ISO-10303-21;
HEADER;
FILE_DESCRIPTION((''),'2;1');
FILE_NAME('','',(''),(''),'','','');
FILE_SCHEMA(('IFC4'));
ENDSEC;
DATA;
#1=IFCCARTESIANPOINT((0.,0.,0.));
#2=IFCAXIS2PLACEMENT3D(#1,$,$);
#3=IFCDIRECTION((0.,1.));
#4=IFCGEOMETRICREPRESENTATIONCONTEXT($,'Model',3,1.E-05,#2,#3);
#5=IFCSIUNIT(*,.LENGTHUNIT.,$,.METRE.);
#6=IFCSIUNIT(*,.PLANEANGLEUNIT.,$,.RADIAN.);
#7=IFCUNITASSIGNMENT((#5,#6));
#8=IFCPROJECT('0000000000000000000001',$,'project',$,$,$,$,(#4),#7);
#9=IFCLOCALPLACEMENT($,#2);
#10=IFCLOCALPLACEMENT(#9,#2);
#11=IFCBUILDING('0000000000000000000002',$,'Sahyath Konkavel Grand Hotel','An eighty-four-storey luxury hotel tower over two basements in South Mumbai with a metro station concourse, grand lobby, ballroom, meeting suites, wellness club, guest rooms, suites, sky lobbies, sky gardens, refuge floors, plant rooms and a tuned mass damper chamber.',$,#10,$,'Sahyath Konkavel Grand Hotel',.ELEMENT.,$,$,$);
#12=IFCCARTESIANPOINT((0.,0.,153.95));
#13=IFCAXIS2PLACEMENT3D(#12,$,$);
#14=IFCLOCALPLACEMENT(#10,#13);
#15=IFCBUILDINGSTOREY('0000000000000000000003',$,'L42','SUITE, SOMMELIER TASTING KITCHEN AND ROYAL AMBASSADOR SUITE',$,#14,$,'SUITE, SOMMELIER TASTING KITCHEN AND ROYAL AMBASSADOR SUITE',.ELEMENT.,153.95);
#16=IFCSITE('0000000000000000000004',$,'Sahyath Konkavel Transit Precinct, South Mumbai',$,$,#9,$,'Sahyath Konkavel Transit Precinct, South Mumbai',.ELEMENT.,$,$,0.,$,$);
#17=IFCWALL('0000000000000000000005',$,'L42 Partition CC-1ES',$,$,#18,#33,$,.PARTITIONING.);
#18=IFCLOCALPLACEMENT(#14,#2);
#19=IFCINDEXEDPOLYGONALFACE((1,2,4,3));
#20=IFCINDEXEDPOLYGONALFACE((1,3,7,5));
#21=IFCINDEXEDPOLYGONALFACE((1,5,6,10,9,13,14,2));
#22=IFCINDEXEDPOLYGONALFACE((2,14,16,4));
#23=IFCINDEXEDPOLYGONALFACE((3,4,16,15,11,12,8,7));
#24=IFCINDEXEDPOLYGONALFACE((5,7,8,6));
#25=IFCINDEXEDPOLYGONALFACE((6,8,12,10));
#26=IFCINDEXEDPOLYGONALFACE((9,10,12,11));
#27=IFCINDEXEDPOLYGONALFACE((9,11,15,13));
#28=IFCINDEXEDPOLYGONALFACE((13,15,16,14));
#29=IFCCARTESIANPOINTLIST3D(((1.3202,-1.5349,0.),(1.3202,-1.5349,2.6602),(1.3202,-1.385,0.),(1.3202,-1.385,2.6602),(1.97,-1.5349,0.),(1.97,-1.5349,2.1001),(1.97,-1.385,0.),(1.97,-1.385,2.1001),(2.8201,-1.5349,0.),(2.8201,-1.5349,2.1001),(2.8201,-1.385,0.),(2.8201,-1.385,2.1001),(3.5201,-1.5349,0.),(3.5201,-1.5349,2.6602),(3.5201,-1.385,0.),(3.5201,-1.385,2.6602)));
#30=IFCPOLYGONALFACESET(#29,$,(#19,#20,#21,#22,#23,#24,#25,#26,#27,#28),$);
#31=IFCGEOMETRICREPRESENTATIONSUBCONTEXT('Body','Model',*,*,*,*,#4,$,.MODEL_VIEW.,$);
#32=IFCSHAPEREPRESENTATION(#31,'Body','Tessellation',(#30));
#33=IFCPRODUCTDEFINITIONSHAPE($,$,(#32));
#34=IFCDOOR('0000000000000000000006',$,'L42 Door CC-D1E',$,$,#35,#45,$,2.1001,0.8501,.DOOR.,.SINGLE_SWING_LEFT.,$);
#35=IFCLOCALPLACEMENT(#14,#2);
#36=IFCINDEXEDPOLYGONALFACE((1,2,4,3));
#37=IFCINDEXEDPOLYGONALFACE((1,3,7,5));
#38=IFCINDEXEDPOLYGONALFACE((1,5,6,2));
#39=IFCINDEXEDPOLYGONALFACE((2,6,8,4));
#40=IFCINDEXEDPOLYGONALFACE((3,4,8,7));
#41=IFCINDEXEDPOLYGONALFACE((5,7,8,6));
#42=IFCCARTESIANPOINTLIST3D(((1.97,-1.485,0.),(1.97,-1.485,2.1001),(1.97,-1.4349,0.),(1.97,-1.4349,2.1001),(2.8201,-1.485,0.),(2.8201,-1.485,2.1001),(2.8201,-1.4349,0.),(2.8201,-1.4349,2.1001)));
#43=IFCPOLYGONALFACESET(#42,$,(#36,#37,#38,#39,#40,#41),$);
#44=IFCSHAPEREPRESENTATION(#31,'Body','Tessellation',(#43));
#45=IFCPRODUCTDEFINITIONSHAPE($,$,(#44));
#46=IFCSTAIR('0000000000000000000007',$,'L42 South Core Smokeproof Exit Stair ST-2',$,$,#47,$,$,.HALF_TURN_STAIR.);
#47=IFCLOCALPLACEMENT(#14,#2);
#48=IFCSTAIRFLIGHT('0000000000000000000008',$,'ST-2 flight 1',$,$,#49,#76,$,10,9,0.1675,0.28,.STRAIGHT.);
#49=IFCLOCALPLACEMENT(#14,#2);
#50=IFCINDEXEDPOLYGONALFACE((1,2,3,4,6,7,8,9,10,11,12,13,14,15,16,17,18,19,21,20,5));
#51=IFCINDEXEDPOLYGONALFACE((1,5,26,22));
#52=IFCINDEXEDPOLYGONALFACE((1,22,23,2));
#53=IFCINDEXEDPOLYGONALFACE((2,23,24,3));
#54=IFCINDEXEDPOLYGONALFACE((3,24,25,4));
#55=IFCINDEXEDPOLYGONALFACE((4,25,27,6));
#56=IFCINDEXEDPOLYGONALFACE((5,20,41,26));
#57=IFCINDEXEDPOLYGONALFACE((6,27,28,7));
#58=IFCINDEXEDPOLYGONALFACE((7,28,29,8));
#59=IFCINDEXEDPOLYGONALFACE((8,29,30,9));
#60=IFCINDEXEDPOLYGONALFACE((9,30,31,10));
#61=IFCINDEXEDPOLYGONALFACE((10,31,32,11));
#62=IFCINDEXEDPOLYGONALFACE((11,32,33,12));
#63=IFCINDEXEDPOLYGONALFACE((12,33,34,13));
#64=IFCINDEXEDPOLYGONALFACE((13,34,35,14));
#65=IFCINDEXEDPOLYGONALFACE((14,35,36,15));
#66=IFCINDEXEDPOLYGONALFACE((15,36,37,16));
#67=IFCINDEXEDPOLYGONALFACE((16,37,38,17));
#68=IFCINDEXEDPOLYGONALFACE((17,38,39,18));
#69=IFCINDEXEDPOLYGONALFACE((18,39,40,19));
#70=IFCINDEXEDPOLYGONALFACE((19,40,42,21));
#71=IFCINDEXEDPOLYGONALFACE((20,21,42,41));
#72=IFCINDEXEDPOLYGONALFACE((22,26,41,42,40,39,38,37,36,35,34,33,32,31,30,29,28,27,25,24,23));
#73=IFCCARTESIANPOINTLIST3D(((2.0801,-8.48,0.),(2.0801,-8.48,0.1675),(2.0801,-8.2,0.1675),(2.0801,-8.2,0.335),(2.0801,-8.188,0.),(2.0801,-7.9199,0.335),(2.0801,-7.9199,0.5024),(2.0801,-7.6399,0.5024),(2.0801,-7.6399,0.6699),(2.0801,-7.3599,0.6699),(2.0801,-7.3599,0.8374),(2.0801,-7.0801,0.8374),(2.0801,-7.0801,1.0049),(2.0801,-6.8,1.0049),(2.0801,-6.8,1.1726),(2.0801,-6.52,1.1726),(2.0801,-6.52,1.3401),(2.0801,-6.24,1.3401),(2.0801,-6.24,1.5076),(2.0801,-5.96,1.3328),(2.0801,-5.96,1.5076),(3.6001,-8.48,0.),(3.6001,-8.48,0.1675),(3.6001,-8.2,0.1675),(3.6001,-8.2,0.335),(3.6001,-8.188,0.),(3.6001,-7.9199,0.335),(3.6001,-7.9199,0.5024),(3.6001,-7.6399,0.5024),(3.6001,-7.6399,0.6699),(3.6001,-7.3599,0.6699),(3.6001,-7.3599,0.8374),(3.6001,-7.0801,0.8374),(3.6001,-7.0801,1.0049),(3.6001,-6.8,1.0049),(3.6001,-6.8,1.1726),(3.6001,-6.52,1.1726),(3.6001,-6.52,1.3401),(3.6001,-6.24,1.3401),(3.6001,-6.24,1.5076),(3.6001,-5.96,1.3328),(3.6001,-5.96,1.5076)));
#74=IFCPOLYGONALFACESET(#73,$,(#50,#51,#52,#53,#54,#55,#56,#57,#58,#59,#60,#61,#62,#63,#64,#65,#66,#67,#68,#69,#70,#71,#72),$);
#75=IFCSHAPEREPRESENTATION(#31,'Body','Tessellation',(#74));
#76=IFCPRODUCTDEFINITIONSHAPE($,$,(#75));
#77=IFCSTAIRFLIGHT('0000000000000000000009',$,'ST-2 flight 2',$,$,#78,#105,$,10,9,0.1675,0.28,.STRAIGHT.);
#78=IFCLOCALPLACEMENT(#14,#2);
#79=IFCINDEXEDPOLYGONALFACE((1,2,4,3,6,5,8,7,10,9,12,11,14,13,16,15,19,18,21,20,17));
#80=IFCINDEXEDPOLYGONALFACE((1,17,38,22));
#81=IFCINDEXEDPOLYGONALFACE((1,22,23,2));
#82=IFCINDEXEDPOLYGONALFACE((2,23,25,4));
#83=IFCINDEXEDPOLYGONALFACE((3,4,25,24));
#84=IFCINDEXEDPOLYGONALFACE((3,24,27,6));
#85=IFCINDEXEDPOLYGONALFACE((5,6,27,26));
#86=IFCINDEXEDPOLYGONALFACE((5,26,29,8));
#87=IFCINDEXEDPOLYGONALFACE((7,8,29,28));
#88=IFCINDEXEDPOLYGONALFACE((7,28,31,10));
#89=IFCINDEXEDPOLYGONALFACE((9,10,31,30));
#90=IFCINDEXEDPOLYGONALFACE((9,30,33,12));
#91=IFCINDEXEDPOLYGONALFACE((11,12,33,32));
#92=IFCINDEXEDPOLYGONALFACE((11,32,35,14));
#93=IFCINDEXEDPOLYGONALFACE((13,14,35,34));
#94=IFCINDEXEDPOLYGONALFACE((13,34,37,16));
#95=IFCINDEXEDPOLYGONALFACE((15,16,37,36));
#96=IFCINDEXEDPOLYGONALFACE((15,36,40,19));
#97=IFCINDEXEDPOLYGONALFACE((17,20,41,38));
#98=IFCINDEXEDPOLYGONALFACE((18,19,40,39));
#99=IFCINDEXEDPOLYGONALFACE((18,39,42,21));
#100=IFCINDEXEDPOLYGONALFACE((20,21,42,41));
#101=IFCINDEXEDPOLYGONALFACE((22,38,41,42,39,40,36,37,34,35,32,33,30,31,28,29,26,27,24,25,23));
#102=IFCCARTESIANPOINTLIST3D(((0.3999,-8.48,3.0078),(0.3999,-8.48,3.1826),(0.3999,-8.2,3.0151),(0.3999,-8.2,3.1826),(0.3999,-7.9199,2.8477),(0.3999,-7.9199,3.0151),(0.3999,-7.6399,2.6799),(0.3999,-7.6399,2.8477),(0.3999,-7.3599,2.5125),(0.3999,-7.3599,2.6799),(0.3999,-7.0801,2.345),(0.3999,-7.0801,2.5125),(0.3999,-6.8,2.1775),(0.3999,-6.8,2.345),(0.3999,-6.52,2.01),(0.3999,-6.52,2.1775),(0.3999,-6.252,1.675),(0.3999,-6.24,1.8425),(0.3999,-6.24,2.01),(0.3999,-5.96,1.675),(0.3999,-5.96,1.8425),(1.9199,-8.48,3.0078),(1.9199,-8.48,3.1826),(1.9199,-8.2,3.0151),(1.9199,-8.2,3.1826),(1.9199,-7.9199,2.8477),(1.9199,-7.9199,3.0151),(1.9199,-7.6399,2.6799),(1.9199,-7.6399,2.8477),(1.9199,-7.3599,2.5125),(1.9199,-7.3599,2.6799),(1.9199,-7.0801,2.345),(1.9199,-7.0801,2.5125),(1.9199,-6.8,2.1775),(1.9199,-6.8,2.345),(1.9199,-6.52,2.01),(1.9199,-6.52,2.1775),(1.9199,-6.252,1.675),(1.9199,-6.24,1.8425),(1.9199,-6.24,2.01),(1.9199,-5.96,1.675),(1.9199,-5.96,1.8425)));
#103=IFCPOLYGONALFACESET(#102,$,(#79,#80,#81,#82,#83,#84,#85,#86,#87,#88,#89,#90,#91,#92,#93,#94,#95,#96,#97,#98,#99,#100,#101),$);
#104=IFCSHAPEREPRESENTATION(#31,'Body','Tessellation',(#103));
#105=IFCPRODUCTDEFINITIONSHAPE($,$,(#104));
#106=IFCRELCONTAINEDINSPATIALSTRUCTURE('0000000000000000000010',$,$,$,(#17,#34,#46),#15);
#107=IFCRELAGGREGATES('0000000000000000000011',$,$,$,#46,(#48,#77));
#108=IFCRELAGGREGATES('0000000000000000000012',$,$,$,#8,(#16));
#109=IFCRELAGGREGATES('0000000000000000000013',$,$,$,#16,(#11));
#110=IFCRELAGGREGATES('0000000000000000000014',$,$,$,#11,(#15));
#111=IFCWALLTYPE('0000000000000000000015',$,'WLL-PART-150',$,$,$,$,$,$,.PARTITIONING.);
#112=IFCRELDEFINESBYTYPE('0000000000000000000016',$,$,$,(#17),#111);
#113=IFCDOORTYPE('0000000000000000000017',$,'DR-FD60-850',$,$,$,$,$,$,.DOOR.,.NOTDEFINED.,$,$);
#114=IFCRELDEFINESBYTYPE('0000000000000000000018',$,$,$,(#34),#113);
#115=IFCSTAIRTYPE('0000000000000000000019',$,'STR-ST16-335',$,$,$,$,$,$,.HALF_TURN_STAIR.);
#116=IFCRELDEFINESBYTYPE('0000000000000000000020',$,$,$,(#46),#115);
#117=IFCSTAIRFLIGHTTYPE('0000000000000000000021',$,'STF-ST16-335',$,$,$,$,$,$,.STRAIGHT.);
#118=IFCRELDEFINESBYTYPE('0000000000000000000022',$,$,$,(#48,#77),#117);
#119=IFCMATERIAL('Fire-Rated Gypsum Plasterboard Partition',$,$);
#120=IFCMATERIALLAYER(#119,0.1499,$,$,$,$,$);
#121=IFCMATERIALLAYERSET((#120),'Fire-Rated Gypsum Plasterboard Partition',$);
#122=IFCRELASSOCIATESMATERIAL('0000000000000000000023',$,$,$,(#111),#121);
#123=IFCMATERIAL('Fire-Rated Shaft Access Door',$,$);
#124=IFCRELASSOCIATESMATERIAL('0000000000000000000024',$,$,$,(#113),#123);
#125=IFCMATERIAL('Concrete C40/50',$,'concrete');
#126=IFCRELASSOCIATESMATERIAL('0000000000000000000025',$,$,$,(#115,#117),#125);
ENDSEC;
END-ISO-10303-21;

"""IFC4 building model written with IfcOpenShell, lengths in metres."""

from ifc_helpers import new_model, si_unit, direction, frame, frame_2d, origin, origin_2d, place, context, subcontext, project, spatial, polyline, rectangle, outline, extrude, source, transform, mapped, material, layer, layer_set, type_object, element, fill, aggregate, save


model = new_model("IFC4")

# Units and contexts
model_context = context("Model", 3, precision=1e-05, world=origin(), true_north=direction((0.0, 1.0)))
body_context = subcontext(model_context, "Body", "Model", "MODEL_VIEW")
ifc_project = project(units=[si_unit("LENGTHUNIT", "METRE"), si_unit("PLANEANGLEUNIT", "RADIAN")], contexts=[model_context])

# Site, building, storey
site_placement = place(None, origin())
site = spatial("IfcSite", under=ifc_project, at=site_placement, Name="Sahyath Konkavel Transit Precinct, South Mumbai", LongName="Sahyath Konkavel Transit Precinct, South Mumbai", CompositionType="ELEMENT", RefElevation=0.0)
building_placement = place(site_placement, origin())
building = spatial("IfcBuilding", under=site, at=building_placement, Name="Sahyath Konkavel Grand Hotel", Description="An eighty-four-storey luxury hotel tower over two basements in South Mumbai with a metro station concourse, grand lobby, ballroom, meeting suites, wellness club, guest rooms, suites, sky lobbies, sky gardens, refuge floors, plant rooms and a tuned mass damper chamber.", LongName="Sahyath Konkavel Grand Hotel", CompositionType="ELEMENT")
storey_placement = place(building_placement, frame((0.0, 0.0, 153.95)))
storey = spatial("IfcBuildingStorey", under=building, at=storey_placement, Name="L42", Description="SUITE, SOMMELIER TASTING KITCHEN AND ROYAL AMBASSADOR SUITE", LongName="SUITE, SOMMELIER TASTING KITCHEN AND ROYAL AMBASSADOR SUITE", CompositionType="ELEMENT", Elevation=153.95)

# Shared definitions
ifc_material_1 = material(Name="Concrete C40/50", Category="concrete")

# Shared definitions
ifc_material_2 = material(Name="Fire-Rated Gypsum Plasterboard Partition")
ifc_layer_1 = layer(ifc_material_2, 0.1499)
ifc_layer_set_1 = layer_set([ifc_layer_1], Name="Fire-Rated Gypsum Plasterboard Partition")
wall_type_1 = type_object("IfcWallType", Name="WLL-PART-150", PredefinedType="PARTITIONING", material=ifc_layer_set_1)

# Wall, opening, door
wall_1_placement = place(storey_placement, frame((1.3201, -1.46, 0.0), z_axis=(0.0, 0.0, 1.0), x_axis=(1.0, 0.0, 0.0)))
wall_1 = element("IfcWall", 1, at=wall_1_placement, inside=storey, type_object=wall_type_1, Name="L42 Partition CC-1ES", PredefinedType="PARTITIONING", context=body_context, shape_type="SweptSolid", body=[
    extrude(rectangle(XDim=2.2, YDim=0.1499, at=frame_2d((1.1001, 0.0))), origin(), (0.0, 0.0, 1.0), 2.6602),
])
opening_1_placement = place(wall_1_placement, frame((0.6499, 0.0, 0.0)))
opening_1 = element("IfcOpeningElement", 2, at=opening_1_placement, cuts=wall_1, PredefinedType="OPENING", context=body_context, shape_type="SweptSolid", body=[
    extrude(rectangle(XDim=0.8501, YDim=2.1001, at=frame_2d((0.425, 1.05))), frame((0.0, 0.085, 0.0), z_axis=(0.0, -1.0, 0.0), x_axis=(1.0, 0.0, 0.0)), (0.0, 0.0, 1.0), 0.1699),
])
ifc_material_3 = material(Name="Fire-Rated Shaft Access Door")
door_type_1 = type_object("IfcDoorType", Name="DR-FD60-850", OperationType="NOTDEFINED", PredefinedType="DOOR", material=ifc_material_3)
shared_shape_1 = source(origin(), body_context, "Body", "SweptSolid", [
    extrude(rectangle(XDim=0.8501, YDim=0.05, at=origin_2d()), origin(), (0.0, 0.0, 1.0), 2.1001),
])
door_1_placement = place(opening_1_placement, frame((0.425, 0.0, 0.0)))
door_1 = element("IfcDoor", 3, at=door_1_placement, inside=storey, type_object=door_type_1, Name="L42 Door CC-D1E", OperationType="SINGLE_SWING_LEFT", OverallHeight=2.1001, OverallWidth=0.8501, PredefinedType="DOOR", context=body_context, shape_type="MappedRepresentation", body=[
    mapped(shared_shape_1, transform((0.0, 0.0, 0.0), scale=1.0)),
])
fill(opening_1, door_1)

# Stair, stair flights
stair_type = type_object("IfcStairType", Name="STR-ST16-335", PredefinedType="HALF_TURN_STAIR", material=ifc_material_1)
stair_placement = place(storey_placement, origin())
stair = element("IfcStair", 4, at=stair_placement, inside=storey, type_object=stair_type, Name="L42 South Core Smokeproof Exit Stair ST-2", PredefinedType="HALF_TURN_STAIR")
stair_flight_type = type_object("IfcStairFlightType", Name="STF-ST16-335", PredefinedType="STRAIGHT", material=ifc_material_1)
stair_flight_1_placement = place(storey_placement, frame((2.8401, -8.48, 0.0), z_axis=(0.0, 0.0, 1.0), x_axis=(0.0, 1.0, 0.0)))
stair_flight_1 = element("IfcStairFlight", 5, at=stair_flight_1_placement, type_object=stair_flight_type, Name="ST-2 flight 1", NumberOfRisers=10, NumberOfTreads=9, PredefinedType="STRAIGHT", RiserHeight=0.1675, TreadLength=0.28, context=body_context, shape_type="SweptSolid", body=[
    extrude(outline(polyline([(0.0, 0.0), (0.0, 0.1675), (0.28, 0.1675), (0.28, 0.335), (0.5601, 0.335), (0.5601, 0.5024), (0.8401, 0.5024), (0.8401, 0.6699), (1.1201, 0.6699), (1.1201, 0.8374), (1.3999, 0.8374), (1.3999, 1.0049), (1.6799, 1.0049), (1.6799, 1.1726), (1.96, 1.1726), (1.96, 1.3401), (2.24, 1.3401), (2.24, 1.5076), (2.52, 1.5076), (2.52, 1.675), (2.52, 1.3328), (0.292, 0.0), (0.0, 0.0)])), frame((0.0, 0.76, 0.0), z_axis=(0.0, -1.0, 0.0), x_axis=(1.0, 0.0, 0.0)), (0.0, 0.0, 1.0), 1.52),
])
stair_flight_2_placement = place(storey_placement, frame((1.1599, -5.96, 1.675), z_axis=(0.0, 0.0, 1.0), x_axis=(0.0, -1.0, 0.0)))
stair_flight_2 = element("IfcStairFlight", 6, at=stair_flight_2_placement, type_object=stair_flight_type, Name="ST-2 flight 2", NumberOfRisers=10, NumberOfTreads=9, PredefinedType="STRAIGHT", RiserHeight=0.1675, TreadLength=0.28, context=body_context, shape_type="SweptSolid", body=[
    extrude(outline(polyline([(0.0, 0.0), (0.0, 0.1675), (0.28, 0.1675), (0.28, 0.335), (0.5601, 0.335), (0.5601, 0.5024), (0.8401, 0.5024), (0.8401, 0.6699), (1.1201, 0.6699), (1.1201, 0.8374), (1.3999, 0.8374), (1.3999, 1.0049), (1.6799, 1.0049), (1.6799, 1.1726), (1.96, 1.1726), (1.96, 1.3401), (2.24, 1.3401), (2.24, 1.5076), (2.52, 1.5076), (2.52, 1.675), (2.52, 1.3328), (0.292, 0.0), (0.0, 0.0)])), frame((0.0, 0.76, 0.0), z_axis=(0.0, -1.0, 0.0), x_axis=(1.0, 0.0, 0.0)), (0.0, 0.0, 1.0), 1.52),
])
aggregate(stair, [stair_flight_1, stair_flight_2])

save(model, "model.ifc")
